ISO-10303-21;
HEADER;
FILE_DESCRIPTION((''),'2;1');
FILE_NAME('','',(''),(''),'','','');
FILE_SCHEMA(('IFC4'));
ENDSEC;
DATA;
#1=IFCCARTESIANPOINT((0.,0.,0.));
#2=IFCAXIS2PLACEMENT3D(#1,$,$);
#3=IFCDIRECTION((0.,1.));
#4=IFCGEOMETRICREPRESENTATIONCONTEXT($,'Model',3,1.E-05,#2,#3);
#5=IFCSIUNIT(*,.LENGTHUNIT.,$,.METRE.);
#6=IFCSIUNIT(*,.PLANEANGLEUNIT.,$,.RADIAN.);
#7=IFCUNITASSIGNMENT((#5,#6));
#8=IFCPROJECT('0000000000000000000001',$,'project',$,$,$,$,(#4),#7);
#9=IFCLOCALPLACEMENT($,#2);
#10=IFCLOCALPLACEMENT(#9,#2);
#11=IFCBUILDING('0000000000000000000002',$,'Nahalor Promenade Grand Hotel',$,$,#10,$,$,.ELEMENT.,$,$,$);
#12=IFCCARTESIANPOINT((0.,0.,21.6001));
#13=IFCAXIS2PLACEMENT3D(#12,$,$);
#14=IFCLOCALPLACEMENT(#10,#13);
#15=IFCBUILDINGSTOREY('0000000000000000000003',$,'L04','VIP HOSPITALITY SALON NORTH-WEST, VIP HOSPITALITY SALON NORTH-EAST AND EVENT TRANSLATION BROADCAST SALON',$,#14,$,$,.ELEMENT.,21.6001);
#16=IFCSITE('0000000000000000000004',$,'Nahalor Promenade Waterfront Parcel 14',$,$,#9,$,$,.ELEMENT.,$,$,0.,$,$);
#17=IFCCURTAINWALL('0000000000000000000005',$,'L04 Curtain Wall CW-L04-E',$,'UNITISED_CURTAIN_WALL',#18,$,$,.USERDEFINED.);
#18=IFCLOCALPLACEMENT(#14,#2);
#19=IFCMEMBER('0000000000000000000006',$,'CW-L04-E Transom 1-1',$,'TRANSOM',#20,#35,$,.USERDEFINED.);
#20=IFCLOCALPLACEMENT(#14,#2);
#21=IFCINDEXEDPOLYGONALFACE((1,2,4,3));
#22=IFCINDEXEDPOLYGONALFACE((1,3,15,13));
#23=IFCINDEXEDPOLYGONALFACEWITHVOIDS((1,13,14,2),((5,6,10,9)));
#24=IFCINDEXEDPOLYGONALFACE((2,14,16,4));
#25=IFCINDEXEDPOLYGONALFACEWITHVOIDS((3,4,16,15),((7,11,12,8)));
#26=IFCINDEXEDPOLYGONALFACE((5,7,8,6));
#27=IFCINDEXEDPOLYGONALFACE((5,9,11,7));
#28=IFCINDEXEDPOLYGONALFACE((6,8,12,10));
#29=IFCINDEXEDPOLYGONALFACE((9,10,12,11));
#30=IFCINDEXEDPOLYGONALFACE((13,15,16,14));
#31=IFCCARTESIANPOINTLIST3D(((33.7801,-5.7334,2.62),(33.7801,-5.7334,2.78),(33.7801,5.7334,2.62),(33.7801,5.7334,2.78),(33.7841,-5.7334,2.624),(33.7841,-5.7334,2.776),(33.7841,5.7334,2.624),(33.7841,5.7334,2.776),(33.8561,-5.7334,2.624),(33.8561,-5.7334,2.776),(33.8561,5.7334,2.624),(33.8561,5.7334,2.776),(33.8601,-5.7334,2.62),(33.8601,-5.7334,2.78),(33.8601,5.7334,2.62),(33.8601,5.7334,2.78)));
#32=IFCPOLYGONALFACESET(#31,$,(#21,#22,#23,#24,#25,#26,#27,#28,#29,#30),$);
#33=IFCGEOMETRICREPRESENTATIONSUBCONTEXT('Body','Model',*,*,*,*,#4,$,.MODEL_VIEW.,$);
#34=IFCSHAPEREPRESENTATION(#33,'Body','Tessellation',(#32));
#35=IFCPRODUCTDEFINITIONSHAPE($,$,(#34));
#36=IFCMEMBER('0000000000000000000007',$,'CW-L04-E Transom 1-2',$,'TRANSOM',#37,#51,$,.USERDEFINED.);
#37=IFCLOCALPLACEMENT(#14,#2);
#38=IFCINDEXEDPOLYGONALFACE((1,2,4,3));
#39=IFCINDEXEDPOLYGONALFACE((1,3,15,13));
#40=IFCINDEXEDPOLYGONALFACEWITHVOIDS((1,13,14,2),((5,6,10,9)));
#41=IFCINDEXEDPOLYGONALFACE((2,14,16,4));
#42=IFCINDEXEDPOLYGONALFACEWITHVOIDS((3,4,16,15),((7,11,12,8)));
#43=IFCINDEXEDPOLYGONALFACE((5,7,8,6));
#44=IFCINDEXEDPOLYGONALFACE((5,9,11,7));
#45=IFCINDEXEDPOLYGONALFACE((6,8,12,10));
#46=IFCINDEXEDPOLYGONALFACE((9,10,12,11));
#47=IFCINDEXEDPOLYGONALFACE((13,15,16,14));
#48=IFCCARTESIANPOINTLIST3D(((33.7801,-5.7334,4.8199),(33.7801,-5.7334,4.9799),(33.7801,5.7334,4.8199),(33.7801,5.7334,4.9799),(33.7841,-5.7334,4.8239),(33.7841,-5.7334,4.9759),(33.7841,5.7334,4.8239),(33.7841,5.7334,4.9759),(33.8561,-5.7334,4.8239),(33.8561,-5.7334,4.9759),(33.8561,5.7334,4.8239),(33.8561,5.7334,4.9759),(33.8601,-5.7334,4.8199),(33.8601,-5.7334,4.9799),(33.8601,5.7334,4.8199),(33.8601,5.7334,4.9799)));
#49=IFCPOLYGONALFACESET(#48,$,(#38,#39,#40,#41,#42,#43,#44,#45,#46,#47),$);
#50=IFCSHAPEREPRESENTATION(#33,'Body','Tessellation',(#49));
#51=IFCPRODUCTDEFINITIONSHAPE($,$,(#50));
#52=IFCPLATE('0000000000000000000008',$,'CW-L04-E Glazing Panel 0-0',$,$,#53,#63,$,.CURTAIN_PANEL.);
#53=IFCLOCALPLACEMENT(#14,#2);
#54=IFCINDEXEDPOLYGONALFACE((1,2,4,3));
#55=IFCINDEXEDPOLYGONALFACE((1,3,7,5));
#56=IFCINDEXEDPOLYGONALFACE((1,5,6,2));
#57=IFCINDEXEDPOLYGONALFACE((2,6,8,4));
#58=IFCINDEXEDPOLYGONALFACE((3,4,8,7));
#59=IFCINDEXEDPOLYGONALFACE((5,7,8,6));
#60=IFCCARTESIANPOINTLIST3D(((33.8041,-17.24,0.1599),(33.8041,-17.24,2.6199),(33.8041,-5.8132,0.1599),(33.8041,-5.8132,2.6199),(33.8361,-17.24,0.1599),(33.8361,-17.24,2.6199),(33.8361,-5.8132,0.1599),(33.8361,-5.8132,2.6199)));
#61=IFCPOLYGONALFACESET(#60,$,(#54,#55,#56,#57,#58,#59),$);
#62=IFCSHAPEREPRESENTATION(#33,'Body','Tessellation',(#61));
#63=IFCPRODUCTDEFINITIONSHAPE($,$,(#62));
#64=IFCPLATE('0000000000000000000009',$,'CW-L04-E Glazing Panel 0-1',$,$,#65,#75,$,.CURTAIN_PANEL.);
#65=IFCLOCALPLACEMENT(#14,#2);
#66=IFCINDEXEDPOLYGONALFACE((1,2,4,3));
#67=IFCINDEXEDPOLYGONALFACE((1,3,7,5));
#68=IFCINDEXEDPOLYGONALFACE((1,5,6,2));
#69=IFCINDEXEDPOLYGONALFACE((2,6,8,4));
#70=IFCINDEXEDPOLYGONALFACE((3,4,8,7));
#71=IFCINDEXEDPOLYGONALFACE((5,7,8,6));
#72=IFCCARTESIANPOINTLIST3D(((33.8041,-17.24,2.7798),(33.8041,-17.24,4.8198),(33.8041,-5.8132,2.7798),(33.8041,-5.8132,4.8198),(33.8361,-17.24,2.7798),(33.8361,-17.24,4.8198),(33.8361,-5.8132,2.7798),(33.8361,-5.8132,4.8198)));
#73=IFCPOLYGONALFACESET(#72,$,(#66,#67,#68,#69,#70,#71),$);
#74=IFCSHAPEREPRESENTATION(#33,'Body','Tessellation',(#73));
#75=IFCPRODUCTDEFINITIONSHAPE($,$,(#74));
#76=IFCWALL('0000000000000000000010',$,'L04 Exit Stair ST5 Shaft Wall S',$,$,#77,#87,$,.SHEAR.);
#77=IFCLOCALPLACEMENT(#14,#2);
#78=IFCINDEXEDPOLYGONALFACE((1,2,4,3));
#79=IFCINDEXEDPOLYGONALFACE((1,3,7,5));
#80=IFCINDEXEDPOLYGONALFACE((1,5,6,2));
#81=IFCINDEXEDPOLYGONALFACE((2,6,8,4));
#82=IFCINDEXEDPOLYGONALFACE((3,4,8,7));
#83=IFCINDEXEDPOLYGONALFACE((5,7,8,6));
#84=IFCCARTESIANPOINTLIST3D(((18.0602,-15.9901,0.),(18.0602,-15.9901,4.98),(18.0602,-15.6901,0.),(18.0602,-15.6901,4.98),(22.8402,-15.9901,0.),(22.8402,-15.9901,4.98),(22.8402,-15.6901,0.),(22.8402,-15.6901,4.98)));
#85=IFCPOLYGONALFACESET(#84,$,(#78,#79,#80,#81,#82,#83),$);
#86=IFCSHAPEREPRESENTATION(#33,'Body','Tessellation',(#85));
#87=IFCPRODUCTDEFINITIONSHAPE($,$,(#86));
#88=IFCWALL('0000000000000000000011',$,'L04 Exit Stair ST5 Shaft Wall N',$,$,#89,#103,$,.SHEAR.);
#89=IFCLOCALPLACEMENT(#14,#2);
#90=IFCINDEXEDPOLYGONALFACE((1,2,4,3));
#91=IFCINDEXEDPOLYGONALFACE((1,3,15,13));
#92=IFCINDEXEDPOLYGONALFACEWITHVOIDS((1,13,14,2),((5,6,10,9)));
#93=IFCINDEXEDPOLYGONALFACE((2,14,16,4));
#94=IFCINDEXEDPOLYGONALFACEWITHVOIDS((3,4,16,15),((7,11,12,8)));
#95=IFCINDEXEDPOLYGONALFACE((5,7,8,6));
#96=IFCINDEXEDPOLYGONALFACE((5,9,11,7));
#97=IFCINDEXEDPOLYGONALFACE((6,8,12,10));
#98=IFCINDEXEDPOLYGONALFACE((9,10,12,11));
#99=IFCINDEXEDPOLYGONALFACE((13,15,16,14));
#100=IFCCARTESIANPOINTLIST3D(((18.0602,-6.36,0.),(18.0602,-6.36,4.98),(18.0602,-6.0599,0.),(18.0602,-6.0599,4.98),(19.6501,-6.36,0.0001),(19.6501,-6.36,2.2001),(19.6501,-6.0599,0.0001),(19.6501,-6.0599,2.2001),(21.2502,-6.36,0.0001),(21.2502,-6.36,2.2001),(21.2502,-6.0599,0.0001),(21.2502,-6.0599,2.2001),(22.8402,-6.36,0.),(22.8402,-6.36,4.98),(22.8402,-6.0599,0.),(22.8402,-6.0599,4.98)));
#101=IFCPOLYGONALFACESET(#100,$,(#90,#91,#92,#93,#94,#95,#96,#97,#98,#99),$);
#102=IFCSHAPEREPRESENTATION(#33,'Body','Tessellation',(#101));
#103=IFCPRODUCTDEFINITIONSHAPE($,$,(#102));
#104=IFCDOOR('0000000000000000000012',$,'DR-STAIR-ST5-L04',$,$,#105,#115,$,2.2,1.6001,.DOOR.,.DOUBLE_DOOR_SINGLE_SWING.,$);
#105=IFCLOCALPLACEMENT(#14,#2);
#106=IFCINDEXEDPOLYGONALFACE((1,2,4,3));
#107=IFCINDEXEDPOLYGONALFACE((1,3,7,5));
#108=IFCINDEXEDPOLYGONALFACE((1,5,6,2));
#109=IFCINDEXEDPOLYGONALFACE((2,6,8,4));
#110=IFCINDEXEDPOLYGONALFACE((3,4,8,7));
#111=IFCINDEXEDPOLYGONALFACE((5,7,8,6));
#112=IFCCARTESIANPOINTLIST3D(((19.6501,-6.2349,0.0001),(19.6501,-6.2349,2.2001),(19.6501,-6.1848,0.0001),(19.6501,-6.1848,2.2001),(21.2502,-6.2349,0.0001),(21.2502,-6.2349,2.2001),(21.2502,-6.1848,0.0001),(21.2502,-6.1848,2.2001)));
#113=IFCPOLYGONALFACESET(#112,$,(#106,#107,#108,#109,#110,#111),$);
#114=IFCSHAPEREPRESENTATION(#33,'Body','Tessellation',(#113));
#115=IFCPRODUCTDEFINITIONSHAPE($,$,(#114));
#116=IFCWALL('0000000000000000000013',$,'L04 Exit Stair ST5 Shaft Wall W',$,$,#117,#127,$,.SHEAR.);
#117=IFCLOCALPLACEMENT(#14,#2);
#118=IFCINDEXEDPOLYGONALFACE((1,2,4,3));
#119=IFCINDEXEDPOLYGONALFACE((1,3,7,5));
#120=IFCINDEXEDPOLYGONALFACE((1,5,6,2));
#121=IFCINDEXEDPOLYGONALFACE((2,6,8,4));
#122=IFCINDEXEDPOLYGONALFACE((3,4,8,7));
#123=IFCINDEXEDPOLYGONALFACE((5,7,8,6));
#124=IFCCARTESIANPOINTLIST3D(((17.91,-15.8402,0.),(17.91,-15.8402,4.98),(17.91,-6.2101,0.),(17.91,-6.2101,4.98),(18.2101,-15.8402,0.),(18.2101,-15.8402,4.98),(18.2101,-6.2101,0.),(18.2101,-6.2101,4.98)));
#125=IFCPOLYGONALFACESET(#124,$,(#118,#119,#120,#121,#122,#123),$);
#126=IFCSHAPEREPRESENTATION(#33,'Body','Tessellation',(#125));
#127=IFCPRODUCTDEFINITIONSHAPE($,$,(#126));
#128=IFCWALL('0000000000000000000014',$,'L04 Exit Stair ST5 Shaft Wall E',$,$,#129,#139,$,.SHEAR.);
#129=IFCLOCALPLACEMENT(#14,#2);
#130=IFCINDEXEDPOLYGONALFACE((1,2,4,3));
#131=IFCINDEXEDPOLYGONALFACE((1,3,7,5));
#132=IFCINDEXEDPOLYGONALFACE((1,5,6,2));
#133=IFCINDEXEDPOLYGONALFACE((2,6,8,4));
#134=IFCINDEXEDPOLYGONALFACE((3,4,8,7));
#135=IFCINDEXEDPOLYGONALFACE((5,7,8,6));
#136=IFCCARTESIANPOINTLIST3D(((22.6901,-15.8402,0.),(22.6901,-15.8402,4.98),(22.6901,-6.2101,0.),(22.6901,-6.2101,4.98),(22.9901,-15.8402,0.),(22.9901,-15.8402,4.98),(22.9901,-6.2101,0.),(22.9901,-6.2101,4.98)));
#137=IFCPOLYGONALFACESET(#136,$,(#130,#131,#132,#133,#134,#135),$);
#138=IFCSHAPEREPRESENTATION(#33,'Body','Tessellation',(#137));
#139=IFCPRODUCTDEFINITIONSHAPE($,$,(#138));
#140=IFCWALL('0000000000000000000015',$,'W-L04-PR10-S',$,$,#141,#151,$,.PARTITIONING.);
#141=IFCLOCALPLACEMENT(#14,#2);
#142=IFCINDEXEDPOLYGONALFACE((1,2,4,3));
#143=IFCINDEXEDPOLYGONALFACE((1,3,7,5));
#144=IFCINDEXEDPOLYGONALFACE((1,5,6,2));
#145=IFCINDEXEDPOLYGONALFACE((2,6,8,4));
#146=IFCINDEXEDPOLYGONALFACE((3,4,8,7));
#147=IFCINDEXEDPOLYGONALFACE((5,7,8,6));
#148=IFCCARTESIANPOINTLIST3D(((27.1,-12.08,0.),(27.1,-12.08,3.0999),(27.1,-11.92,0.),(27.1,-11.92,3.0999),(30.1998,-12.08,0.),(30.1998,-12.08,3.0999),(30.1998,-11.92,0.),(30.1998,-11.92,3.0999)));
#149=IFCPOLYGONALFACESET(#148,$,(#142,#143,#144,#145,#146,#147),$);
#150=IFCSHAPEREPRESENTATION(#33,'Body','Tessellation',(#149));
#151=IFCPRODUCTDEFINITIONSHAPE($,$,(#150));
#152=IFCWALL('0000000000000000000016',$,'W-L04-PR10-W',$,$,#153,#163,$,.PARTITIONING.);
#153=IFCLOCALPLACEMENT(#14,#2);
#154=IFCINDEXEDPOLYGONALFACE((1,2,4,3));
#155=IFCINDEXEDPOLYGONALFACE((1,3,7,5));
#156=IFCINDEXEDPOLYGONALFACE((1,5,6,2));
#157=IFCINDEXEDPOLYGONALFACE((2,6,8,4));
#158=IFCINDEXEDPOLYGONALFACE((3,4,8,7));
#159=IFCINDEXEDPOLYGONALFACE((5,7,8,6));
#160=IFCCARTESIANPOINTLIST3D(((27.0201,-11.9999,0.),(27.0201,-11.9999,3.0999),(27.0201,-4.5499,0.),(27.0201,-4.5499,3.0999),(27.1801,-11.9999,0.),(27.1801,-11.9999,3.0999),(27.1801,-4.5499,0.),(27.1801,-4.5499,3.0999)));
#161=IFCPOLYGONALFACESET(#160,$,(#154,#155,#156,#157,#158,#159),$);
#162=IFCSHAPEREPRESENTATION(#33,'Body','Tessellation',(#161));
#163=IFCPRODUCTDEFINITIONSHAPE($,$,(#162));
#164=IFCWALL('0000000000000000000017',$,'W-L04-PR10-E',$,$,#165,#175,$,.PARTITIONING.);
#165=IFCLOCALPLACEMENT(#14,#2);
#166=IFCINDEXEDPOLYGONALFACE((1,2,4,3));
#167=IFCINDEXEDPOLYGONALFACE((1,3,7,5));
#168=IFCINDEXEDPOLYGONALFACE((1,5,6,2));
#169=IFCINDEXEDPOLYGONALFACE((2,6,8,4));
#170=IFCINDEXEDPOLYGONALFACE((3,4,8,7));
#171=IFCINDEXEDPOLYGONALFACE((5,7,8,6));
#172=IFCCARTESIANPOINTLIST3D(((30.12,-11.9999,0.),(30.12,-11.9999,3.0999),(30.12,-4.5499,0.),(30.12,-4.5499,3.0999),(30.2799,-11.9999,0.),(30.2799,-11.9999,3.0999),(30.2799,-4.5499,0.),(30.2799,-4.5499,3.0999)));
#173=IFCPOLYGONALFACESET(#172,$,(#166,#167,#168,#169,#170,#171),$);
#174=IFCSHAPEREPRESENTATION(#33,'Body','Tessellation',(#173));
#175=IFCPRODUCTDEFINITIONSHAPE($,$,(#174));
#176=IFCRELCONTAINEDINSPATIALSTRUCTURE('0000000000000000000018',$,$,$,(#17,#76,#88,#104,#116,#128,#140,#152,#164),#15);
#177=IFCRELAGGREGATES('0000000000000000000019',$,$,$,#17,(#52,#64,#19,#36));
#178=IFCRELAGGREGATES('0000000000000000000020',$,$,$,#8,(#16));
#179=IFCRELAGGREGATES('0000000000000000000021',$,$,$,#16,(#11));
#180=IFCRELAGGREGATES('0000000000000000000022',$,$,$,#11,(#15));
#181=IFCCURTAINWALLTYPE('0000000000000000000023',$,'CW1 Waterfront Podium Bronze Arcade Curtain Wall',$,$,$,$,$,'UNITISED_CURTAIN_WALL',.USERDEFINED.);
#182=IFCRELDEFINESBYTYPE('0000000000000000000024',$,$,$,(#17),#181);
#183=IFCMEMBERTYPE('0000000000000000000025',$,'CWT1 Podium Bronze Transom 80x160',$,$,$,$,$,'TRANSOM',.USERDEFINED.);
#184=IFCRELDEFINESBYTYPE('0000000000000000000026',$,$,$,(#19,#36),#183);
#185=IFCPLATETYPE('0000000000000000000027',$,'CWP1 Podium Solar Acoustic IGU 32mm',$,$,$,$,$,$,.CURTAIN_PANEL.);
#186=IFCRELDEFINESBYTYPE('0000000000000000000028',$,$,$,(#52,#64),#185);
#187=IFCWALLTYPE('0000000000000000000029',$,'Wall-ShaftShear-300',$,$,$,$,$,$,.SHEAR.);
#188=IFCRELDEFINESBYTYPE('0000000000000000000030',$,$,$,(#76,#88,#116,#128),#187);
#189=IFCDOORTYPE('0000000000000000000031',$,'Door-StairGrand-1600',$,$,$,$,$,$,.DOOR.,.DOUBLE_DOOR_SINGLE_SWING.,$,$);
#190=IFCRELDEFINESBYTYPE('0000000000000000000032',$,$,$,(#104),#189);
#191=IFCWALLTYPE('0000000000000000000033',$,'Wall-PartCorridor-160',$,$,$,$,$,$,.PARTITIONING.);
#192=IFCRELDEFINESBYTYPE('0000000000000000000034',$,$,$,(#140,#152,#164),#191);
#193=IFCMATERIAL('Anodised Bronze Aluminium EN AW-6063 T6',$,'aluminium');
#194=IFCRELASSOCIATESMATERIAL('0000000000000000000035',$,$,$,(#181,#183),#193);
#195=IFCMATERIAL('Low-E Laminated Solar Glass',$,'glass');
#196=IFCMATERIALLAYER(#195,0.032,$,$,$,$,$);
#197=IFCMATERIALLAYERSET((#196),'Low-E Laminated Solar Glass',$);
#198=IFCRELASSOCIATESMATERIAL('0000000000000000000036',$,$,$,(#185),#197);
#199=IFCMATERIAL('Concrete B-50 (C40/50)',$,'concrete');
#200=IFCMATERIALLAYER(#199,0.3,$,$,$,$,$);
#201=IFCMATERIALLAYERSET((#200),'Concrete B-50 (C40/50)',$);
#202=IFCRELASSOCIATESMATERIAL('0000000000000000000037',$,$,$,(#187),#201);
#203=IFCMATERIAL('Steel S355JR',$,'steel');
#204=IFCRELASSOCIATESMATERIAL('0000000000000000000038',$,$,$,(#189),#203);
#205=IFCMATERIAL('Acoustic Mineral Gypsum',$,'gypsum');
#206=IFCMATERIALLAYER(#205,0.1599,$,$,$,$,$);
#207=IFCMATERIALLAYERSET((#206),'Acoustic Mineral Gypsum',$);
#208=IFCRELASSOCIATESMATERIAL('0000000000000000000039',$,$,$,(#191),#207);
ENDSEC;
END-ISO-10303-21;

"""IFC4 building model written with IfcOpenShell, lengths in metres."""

from ifc_helpers import new_model, si_unit, direction, frame, frame_2d, origin, origin_2d, place, context, subcontext, project, spatial, rectangle, hollow_rectangle, extrude, source, transform, mapped, material, layer, layer_set, material_profile, profile_set, type_object, element, fill, aggregate, save


model = new_model("IFC4")

# Units and contexts
model_context = context("Model", 3, precision=1e-05, world=origin(), true_north=direction((0.0, 1.0)))
body_context = subcontext(model_context, "Body", "Model", "MODEL_VIEW")
ifc_project = project(units=[si_unit("LENGTHUNIT", "METRE"), si_unit("PLANEANGLEUNIT", "RADIAN")], contexts=[model_context])

# Site, building, storey
site_placement = place(None, origin())
site = spatial("IfcSite", under=ifc_project, at=site_placement, Name="Nahalor Promenade Waterfront Parcel 14", CompositionType="ELEMENT", RefElevation=0.0)
building_placement = place(site_placement, origin())
building = spatial("IfcBuilding", under=site, at=building_placement, Name="Nahalor Promenade Grand Hotel", CompositionType="ELEMENT")
storey_placement = place(building_placement, frame((0.0, 0.0, 21.6001)))
storey = spatial("IfcBuildingStorey", under=building, at=storey_placement, Name="L04", Description="VIP HOSPITALITY SALON NORTH-WEST, VIP HOSPITALITY SALON NORTH-EAST AND EVENT TRANSLATION BROADCAST SALON", CompositionType="ELEMENT", Elevation=21.6001)

# Shared definitions
ifc_material_1 = material(Name="Steel S355JR", Category="steel")

# Curtain wall, members, plates
ifc_material_2 = material(Name="Anodised Bronze Aluminium EN AW-6063 T6", Category="aluminium")
curtain_wall_type = type_object("IfcCurtainWallType", Name="CW1 Waterfront Podium Bronze Arcade Curtain Wall", ElementType="UNITISED_CURTAIN_WALL", PredefinedType="USERDEFINED", material=ifc_material_2)
curtain_wall_placement = place(storey_placement, origin())
curtain_wall = element("IfcCurtainWall", 1, at=curtain_wall_placement, inside=storey, type_object=curtain_wall_type, Name="L04 Curtain Wall CW-L04-E", ObjectType="UNITISED_CURTAIN_WALL", PredefinedType="USERDEFINED")
ifc_material_profile_1 = material_profile(ifc_material_2, hollow_rectangle(XDim=0.08, YDim=0.16, WallThickness=0.004, at=origin_2d()), Name="CWT 80x160x4")
ifc_profile_set_1 = profile_set([ifc_material_profile_1], Name="Anodised Bronze Aluminium EN AW-6063 T6")
member_type_1 = type_object("IfcMemberType", Name="CWT1 Podium Bronze Transom 80x160", ElementType="TRANSOM", PredefinedType="USERDEFINED", material=ifc_profile_set_1)
shared_shape_1 = source(origin(), body_context, "Body", "SweptSolid", [
    extrude(hollow_rectangle(XDim=0.08, YDim=0.16, WallThickness=0.004, at=origin_2d()), origin(), (0.0, 0.0, 1.0), 11.4668),
])
member_1_placement = place(storey_placement, frame((33.8201, -5.7334, 2.7), z_axis=(0.0, 1.0, 0.0), x_axis=(-1.0, 0.0, 0.0)))
member_1 = element("IfcMember", 2, at=member_1_placement, type_object=member_type_1, Name="CW-L04-E Transom 1-1", ObjectType="TRANSOM", PredefinedType="USERDEFINED", context=body_context, shape_type="MappedRepresentation", body=[
    mapped(shared_shape_1, transform((0.0, 0.0, 0.0), scale=1.0)),
])
member_2_placement = place(storey_placement, frame((33.8201, -5.7334, 4.8999), z_axis=(0.0, 1.0, 0.0), x_axis=(-1.0, 0.0, 0.0)))
member_2 = element("IfcMember", 3, at=member_2_placement, type_object=member_type_1, Name="CW-L04-E Transom 1-2", ObjectType="TRANSOM", PredefinedType="USERDEFINED", context=body_context, shape_type="MappedRepresentation", body=[
    mapped(shared_shape_1, transform((0.0, 0.0, 0.0), scale=1.0)),
])
ifc_material_3 = material(Name="Low-E Laminated Solar Glass", Category="glass")
ifc_layer_1 = layer(ifc_material_3, 0.032)
ifc_layer_set_1 = layer_set([ifc_layer_1], Name="Low-E Laminated Solar Glass")
plate_type = type_object("IfcPlateType", Name="CWP1 Podium Solar Acoustic IGU 32mm", PredefinedType="CURTAIN_PANEL", material=ifc_layer_set_1)
shared_shape_2 = source(origin(), body_context, "Body", "SweptSolid", [
    extrude(rectangle(XDim=11.4268, YDim=0.032, at=origin_2d()), origin(), (0.0, 0.0, 1.0), 2.46),
])
plate_1_placement = place(storey_placement, frame((33.8201, -11.5266, 0.1599), z_axis=(0.0, 0.0, 1.0), x_axis=(0.0, 1.0, 0.0)))
plate_1 = element("IfcPlate", 4, at=plate_1_placement, type_object=plate_type, Name="CW-L04-E Glazing Panel 0-0", PredefinedType="CURTAIN_PANEL", context=body_context, shape_type="MappedRepresentation", body=[
    mapped(shared_shape_2, transform((0.0, 0.0, 0.0), scale=1.0)),
])
shared_shape_3 = source(origin(), body_context, "Body", "SweptSolid", [
    extrude(rectangle(XDim=11.4268, YDim=0.032, at=origin_2d()), origin(), (0.0, 0.0, 1.0), 2.04),
])
plate_2_placement = place(storey_placement, frame((33.8201, -11.5266, 2.7798), z_axis=(0.0, 0.0, 1.0), x_axis=(0.0, 1.0, 0.0)))
plate_2 = element("IfcPlate", 5, at=plate_2_placement, type_object=plate_type, Name="CW-L04-E Glazing Panel 0-1", PredefinedType="CURTAIN_PANEL", context=body_context, shape_type="MappedRepresentation", body=[
    mapped(shared_shape_3, transform((0.0, 0.0, 0.0), scale=1.0)),
])
aggregate(curtain_wall, [plate_1, plate_2, member_1, member_2])

# Wall
ifc_material_4 = material(Name="Concrete B-50 (C40/50)", Category="concrete")
ifc_layer_2 = layer(ifc_material_4, 0.3)
ifc_layer_set_2 = layer_set([ifc_layer_2], Name="Concrete B-50 (C40/50)")
wall_type_1 = type_object("IfcWallType", Name="Wall-ShaftShear-300", PredefinedType="SHEAR", material=ifc_layer_set_2)
shared_shape_4 = source(origin(), body_context, "Body", "SweptSolid", [
    extrude(rectangle(XDim=4.78, YDim=0.3, at=frame_2d((2.3901, 0.0))), origin(), (0.0, 0.0, 1.0), 4.98),
])
wall_1_placement = place(storey_placement, frame((18.0601, -15.8401, 0.0), z_axis=(0.0, 0.0, 1.0), x_axis=(1.0, 0.0, 0.0)))
element("IfcWall", 6, at=wall_1_placement, inside=storey, type_object=wall_type_1, Name="L04 Exit Stair ST5 Shaft Wall S", PredefinedType="SHEAR", context=body_context, shape_type="MappedRepresentation", body=[
    mapped(shared_shape_4, transform((0.0, 0.0, 0.0), scale=1.0)),
])

# Wall, opening, door
wall_2_placement = place(storey_placement, frame((18.0601, -6.21, 0.0), z_axis=(0.0, 0.0, 1.0), x_axis=(1.0, 0.0, 0.0)))
wall_2 = element("IfcWall", 7, at=wall_2_placement, inside=storey, type_object=wall_type_1, Name="L04 Exit Stair ST5 Shaft Wall N", PredefinedType="SHEAR", context=body_context, shape_type="MappedRepresentation", body=[
    mapped(shared_shape_4, transform((0.0, 0.0, 0.0), scale=1.0)),
])
opening_placement = place(wall_2_placement, frame((1.5901, 0.0, 0.0)))
opening = element("IfcOpeningElement", 8, at=opening_placement, cuts=wall_2, PredefinedType="OPENING", context=body_context, shape_type="SweptSolid", body=[
    extrude(rectangle(XDim=1.6001, YDim=2.2, at=frame_2d((0.8, 1.1001))), frame((0.0, 0.1599, 0.0), z_axis=(0.0, -1.0, 0.0), x_axis=(1.0, 0.0, 0.0)), (0.0, 0.0, 1.0), 0.3201),
])
door_type = type_object("IfcDoorType", Name="Door-StairGrand-1600", OperationType="DOUBLE_DOOR_SINGLE_SWING", PredefinedType="DOOR", material=ifc_material_1)
shared_shape_5 = source(origin(), body_context, "Body", "SweptSolid", [
    extrude(rectangle(XDim=1.6001, YDim=2.2, at=frame_2d((0.8, 1.1001))), frame((0.0, 0.0249, 0.0), z_axis=(0.0, -1.0, 0.0), x_axis=(1.0, 0.0, 0.0)), (0.0, 0.0, 1.0), 0.05),
])
door_placement = place(opening_placement, frame((1.6001, 0.0, 0.0), z_axis=(0.0, 0.0, 1.0), x_axis=(-1.0, 0.0, 0.0)))
door = element("IfcDoor", 9, at=door_placement, inside=storey, type_object=door_type, Name="DR-STAIR-ST5-L04", OperationType="DOUBLE_DOOR_SINGLE_SWING", OverallHeight=2.2, OverallWidth=1.6001, PredefinedType="DOOR", context=body_context, shape_type="MappedRepresentation", body=[
    mapped(shared_shape_5, transform((0.0, 0.0, 0.0), scale=1.0)),
])
fill(opening, door)

# Walls
shared_shape_6 = source(origin(), body_context, "Body", "SweptSolid", [
    extrude(rectangle(XDim=9.6301, YDim=0.3, at=frame_2d((4.8149, 0.0))), origin(), (0.0, 0.0, 1.0), 4.98),
])
for number, where, z_axis, x_axis, name in (
    (10, (18.0601, -15.8401, 0.0), (0.0, 0.0, 1.0), (0.0, 1.0, 0.0), "L04 Exit Stair ST5 Shaft Wall W"),
    (11, (22.8401, -15.8401, 0.0), (0.0, 0.0, 1.0), (0.0, 1.0, 0.0), "L04 Exit Stair ST5 Shaft Wall E"),
):
    element("IfcWall", number, at=place(storey_placement, frame(where, z_axis=z_axis, x_axis=x_axis)), inside=storey, type_object=wall_type_1, Name=name, PredefinedType="SHEAR", context=body_context, shape_type="MappedRepresentation", body=[
        mapped(shared_shape_6, transform((0.0, 0.0, 0.0), scale=1.0)),
    ])
ifc_material_5 = material(Name="Acoustic Mineral Gypsum", Category="gypsum")
ifc_layer_3 = layer(ifc_material_5, 0.1599)
ifc_layer_set_3 = layer_set([ifc_layer_3], Name="Acoustic Mineral Gypsum")
wall_type_2 = type_object("IfcWallType", Name="Wall-PartCorridor-160", PredefinedType="PARTITIONING", material=ifc_layer_set_3)
shared_shape_7 = source(origin(), body_context, "Body", "SweptSolid", [
    extrude(rectangle(XDim=3.0999, YDim=0.1599, at=frame_2d((1.5498, 0.0))), origin(), (0.0, 0.0, 1.0), 3.0999),
])
wall_3_placement = place(storey_placement, frame((27.1001, -12.0, 0.0), z_axis=(0.0, 0.0, 1.0), x_axis=(1.0, 0.0, 0.0)))
element("IfcWall", 12, at=wall_3_placement, inside=storey, type_object=wall_type_2, Name="W-L04-PR10-S", PredefinedType="PARTITIONING", context=body_context, shape_type="MappedRepresentation", body=[
    mapped(shared_shape_7, transform((0.0, 0.0, 0.0), scale=1.0)),
])
shared_shape_8 = source(origin(), body_context, "Body", "SweptSolid", [
    extrude(rectangle(XDim=7.45, YDim=0.1599, at=frame_2d((3.7251, 0.0))), origin(), (0.0, 0.0, 1.0), 3.0999),
])
for number, where, z_axis, x_axis, name in (
    (13, (27.1001, -12.0, 0.0), (0.0, 0.0, 1.0), (0.0, 1.0, 0.0), "W-L04-PR10-W"),
    (14, (30.2, -12.0, 0.0), (0.0, 0.0, 1.0), (0.0, 1.0, 0.0), "W-L04-PR10-E"),
):
    element("IfcWall", number, at=place(storey_placement, frame(where, z_axis=z_axis, x_axis=x_axis)), inside=storey, type_object=wall_type_2, Name=name, PredefinedType="PARTITIONING", context=body_context, shape_type="MappedRepresentation", body=[
        mapped(shared_shape_8, transform((0.0, 0.0, 0.0), scale=1.0)),
    ])

save(model, "model.ifc")
